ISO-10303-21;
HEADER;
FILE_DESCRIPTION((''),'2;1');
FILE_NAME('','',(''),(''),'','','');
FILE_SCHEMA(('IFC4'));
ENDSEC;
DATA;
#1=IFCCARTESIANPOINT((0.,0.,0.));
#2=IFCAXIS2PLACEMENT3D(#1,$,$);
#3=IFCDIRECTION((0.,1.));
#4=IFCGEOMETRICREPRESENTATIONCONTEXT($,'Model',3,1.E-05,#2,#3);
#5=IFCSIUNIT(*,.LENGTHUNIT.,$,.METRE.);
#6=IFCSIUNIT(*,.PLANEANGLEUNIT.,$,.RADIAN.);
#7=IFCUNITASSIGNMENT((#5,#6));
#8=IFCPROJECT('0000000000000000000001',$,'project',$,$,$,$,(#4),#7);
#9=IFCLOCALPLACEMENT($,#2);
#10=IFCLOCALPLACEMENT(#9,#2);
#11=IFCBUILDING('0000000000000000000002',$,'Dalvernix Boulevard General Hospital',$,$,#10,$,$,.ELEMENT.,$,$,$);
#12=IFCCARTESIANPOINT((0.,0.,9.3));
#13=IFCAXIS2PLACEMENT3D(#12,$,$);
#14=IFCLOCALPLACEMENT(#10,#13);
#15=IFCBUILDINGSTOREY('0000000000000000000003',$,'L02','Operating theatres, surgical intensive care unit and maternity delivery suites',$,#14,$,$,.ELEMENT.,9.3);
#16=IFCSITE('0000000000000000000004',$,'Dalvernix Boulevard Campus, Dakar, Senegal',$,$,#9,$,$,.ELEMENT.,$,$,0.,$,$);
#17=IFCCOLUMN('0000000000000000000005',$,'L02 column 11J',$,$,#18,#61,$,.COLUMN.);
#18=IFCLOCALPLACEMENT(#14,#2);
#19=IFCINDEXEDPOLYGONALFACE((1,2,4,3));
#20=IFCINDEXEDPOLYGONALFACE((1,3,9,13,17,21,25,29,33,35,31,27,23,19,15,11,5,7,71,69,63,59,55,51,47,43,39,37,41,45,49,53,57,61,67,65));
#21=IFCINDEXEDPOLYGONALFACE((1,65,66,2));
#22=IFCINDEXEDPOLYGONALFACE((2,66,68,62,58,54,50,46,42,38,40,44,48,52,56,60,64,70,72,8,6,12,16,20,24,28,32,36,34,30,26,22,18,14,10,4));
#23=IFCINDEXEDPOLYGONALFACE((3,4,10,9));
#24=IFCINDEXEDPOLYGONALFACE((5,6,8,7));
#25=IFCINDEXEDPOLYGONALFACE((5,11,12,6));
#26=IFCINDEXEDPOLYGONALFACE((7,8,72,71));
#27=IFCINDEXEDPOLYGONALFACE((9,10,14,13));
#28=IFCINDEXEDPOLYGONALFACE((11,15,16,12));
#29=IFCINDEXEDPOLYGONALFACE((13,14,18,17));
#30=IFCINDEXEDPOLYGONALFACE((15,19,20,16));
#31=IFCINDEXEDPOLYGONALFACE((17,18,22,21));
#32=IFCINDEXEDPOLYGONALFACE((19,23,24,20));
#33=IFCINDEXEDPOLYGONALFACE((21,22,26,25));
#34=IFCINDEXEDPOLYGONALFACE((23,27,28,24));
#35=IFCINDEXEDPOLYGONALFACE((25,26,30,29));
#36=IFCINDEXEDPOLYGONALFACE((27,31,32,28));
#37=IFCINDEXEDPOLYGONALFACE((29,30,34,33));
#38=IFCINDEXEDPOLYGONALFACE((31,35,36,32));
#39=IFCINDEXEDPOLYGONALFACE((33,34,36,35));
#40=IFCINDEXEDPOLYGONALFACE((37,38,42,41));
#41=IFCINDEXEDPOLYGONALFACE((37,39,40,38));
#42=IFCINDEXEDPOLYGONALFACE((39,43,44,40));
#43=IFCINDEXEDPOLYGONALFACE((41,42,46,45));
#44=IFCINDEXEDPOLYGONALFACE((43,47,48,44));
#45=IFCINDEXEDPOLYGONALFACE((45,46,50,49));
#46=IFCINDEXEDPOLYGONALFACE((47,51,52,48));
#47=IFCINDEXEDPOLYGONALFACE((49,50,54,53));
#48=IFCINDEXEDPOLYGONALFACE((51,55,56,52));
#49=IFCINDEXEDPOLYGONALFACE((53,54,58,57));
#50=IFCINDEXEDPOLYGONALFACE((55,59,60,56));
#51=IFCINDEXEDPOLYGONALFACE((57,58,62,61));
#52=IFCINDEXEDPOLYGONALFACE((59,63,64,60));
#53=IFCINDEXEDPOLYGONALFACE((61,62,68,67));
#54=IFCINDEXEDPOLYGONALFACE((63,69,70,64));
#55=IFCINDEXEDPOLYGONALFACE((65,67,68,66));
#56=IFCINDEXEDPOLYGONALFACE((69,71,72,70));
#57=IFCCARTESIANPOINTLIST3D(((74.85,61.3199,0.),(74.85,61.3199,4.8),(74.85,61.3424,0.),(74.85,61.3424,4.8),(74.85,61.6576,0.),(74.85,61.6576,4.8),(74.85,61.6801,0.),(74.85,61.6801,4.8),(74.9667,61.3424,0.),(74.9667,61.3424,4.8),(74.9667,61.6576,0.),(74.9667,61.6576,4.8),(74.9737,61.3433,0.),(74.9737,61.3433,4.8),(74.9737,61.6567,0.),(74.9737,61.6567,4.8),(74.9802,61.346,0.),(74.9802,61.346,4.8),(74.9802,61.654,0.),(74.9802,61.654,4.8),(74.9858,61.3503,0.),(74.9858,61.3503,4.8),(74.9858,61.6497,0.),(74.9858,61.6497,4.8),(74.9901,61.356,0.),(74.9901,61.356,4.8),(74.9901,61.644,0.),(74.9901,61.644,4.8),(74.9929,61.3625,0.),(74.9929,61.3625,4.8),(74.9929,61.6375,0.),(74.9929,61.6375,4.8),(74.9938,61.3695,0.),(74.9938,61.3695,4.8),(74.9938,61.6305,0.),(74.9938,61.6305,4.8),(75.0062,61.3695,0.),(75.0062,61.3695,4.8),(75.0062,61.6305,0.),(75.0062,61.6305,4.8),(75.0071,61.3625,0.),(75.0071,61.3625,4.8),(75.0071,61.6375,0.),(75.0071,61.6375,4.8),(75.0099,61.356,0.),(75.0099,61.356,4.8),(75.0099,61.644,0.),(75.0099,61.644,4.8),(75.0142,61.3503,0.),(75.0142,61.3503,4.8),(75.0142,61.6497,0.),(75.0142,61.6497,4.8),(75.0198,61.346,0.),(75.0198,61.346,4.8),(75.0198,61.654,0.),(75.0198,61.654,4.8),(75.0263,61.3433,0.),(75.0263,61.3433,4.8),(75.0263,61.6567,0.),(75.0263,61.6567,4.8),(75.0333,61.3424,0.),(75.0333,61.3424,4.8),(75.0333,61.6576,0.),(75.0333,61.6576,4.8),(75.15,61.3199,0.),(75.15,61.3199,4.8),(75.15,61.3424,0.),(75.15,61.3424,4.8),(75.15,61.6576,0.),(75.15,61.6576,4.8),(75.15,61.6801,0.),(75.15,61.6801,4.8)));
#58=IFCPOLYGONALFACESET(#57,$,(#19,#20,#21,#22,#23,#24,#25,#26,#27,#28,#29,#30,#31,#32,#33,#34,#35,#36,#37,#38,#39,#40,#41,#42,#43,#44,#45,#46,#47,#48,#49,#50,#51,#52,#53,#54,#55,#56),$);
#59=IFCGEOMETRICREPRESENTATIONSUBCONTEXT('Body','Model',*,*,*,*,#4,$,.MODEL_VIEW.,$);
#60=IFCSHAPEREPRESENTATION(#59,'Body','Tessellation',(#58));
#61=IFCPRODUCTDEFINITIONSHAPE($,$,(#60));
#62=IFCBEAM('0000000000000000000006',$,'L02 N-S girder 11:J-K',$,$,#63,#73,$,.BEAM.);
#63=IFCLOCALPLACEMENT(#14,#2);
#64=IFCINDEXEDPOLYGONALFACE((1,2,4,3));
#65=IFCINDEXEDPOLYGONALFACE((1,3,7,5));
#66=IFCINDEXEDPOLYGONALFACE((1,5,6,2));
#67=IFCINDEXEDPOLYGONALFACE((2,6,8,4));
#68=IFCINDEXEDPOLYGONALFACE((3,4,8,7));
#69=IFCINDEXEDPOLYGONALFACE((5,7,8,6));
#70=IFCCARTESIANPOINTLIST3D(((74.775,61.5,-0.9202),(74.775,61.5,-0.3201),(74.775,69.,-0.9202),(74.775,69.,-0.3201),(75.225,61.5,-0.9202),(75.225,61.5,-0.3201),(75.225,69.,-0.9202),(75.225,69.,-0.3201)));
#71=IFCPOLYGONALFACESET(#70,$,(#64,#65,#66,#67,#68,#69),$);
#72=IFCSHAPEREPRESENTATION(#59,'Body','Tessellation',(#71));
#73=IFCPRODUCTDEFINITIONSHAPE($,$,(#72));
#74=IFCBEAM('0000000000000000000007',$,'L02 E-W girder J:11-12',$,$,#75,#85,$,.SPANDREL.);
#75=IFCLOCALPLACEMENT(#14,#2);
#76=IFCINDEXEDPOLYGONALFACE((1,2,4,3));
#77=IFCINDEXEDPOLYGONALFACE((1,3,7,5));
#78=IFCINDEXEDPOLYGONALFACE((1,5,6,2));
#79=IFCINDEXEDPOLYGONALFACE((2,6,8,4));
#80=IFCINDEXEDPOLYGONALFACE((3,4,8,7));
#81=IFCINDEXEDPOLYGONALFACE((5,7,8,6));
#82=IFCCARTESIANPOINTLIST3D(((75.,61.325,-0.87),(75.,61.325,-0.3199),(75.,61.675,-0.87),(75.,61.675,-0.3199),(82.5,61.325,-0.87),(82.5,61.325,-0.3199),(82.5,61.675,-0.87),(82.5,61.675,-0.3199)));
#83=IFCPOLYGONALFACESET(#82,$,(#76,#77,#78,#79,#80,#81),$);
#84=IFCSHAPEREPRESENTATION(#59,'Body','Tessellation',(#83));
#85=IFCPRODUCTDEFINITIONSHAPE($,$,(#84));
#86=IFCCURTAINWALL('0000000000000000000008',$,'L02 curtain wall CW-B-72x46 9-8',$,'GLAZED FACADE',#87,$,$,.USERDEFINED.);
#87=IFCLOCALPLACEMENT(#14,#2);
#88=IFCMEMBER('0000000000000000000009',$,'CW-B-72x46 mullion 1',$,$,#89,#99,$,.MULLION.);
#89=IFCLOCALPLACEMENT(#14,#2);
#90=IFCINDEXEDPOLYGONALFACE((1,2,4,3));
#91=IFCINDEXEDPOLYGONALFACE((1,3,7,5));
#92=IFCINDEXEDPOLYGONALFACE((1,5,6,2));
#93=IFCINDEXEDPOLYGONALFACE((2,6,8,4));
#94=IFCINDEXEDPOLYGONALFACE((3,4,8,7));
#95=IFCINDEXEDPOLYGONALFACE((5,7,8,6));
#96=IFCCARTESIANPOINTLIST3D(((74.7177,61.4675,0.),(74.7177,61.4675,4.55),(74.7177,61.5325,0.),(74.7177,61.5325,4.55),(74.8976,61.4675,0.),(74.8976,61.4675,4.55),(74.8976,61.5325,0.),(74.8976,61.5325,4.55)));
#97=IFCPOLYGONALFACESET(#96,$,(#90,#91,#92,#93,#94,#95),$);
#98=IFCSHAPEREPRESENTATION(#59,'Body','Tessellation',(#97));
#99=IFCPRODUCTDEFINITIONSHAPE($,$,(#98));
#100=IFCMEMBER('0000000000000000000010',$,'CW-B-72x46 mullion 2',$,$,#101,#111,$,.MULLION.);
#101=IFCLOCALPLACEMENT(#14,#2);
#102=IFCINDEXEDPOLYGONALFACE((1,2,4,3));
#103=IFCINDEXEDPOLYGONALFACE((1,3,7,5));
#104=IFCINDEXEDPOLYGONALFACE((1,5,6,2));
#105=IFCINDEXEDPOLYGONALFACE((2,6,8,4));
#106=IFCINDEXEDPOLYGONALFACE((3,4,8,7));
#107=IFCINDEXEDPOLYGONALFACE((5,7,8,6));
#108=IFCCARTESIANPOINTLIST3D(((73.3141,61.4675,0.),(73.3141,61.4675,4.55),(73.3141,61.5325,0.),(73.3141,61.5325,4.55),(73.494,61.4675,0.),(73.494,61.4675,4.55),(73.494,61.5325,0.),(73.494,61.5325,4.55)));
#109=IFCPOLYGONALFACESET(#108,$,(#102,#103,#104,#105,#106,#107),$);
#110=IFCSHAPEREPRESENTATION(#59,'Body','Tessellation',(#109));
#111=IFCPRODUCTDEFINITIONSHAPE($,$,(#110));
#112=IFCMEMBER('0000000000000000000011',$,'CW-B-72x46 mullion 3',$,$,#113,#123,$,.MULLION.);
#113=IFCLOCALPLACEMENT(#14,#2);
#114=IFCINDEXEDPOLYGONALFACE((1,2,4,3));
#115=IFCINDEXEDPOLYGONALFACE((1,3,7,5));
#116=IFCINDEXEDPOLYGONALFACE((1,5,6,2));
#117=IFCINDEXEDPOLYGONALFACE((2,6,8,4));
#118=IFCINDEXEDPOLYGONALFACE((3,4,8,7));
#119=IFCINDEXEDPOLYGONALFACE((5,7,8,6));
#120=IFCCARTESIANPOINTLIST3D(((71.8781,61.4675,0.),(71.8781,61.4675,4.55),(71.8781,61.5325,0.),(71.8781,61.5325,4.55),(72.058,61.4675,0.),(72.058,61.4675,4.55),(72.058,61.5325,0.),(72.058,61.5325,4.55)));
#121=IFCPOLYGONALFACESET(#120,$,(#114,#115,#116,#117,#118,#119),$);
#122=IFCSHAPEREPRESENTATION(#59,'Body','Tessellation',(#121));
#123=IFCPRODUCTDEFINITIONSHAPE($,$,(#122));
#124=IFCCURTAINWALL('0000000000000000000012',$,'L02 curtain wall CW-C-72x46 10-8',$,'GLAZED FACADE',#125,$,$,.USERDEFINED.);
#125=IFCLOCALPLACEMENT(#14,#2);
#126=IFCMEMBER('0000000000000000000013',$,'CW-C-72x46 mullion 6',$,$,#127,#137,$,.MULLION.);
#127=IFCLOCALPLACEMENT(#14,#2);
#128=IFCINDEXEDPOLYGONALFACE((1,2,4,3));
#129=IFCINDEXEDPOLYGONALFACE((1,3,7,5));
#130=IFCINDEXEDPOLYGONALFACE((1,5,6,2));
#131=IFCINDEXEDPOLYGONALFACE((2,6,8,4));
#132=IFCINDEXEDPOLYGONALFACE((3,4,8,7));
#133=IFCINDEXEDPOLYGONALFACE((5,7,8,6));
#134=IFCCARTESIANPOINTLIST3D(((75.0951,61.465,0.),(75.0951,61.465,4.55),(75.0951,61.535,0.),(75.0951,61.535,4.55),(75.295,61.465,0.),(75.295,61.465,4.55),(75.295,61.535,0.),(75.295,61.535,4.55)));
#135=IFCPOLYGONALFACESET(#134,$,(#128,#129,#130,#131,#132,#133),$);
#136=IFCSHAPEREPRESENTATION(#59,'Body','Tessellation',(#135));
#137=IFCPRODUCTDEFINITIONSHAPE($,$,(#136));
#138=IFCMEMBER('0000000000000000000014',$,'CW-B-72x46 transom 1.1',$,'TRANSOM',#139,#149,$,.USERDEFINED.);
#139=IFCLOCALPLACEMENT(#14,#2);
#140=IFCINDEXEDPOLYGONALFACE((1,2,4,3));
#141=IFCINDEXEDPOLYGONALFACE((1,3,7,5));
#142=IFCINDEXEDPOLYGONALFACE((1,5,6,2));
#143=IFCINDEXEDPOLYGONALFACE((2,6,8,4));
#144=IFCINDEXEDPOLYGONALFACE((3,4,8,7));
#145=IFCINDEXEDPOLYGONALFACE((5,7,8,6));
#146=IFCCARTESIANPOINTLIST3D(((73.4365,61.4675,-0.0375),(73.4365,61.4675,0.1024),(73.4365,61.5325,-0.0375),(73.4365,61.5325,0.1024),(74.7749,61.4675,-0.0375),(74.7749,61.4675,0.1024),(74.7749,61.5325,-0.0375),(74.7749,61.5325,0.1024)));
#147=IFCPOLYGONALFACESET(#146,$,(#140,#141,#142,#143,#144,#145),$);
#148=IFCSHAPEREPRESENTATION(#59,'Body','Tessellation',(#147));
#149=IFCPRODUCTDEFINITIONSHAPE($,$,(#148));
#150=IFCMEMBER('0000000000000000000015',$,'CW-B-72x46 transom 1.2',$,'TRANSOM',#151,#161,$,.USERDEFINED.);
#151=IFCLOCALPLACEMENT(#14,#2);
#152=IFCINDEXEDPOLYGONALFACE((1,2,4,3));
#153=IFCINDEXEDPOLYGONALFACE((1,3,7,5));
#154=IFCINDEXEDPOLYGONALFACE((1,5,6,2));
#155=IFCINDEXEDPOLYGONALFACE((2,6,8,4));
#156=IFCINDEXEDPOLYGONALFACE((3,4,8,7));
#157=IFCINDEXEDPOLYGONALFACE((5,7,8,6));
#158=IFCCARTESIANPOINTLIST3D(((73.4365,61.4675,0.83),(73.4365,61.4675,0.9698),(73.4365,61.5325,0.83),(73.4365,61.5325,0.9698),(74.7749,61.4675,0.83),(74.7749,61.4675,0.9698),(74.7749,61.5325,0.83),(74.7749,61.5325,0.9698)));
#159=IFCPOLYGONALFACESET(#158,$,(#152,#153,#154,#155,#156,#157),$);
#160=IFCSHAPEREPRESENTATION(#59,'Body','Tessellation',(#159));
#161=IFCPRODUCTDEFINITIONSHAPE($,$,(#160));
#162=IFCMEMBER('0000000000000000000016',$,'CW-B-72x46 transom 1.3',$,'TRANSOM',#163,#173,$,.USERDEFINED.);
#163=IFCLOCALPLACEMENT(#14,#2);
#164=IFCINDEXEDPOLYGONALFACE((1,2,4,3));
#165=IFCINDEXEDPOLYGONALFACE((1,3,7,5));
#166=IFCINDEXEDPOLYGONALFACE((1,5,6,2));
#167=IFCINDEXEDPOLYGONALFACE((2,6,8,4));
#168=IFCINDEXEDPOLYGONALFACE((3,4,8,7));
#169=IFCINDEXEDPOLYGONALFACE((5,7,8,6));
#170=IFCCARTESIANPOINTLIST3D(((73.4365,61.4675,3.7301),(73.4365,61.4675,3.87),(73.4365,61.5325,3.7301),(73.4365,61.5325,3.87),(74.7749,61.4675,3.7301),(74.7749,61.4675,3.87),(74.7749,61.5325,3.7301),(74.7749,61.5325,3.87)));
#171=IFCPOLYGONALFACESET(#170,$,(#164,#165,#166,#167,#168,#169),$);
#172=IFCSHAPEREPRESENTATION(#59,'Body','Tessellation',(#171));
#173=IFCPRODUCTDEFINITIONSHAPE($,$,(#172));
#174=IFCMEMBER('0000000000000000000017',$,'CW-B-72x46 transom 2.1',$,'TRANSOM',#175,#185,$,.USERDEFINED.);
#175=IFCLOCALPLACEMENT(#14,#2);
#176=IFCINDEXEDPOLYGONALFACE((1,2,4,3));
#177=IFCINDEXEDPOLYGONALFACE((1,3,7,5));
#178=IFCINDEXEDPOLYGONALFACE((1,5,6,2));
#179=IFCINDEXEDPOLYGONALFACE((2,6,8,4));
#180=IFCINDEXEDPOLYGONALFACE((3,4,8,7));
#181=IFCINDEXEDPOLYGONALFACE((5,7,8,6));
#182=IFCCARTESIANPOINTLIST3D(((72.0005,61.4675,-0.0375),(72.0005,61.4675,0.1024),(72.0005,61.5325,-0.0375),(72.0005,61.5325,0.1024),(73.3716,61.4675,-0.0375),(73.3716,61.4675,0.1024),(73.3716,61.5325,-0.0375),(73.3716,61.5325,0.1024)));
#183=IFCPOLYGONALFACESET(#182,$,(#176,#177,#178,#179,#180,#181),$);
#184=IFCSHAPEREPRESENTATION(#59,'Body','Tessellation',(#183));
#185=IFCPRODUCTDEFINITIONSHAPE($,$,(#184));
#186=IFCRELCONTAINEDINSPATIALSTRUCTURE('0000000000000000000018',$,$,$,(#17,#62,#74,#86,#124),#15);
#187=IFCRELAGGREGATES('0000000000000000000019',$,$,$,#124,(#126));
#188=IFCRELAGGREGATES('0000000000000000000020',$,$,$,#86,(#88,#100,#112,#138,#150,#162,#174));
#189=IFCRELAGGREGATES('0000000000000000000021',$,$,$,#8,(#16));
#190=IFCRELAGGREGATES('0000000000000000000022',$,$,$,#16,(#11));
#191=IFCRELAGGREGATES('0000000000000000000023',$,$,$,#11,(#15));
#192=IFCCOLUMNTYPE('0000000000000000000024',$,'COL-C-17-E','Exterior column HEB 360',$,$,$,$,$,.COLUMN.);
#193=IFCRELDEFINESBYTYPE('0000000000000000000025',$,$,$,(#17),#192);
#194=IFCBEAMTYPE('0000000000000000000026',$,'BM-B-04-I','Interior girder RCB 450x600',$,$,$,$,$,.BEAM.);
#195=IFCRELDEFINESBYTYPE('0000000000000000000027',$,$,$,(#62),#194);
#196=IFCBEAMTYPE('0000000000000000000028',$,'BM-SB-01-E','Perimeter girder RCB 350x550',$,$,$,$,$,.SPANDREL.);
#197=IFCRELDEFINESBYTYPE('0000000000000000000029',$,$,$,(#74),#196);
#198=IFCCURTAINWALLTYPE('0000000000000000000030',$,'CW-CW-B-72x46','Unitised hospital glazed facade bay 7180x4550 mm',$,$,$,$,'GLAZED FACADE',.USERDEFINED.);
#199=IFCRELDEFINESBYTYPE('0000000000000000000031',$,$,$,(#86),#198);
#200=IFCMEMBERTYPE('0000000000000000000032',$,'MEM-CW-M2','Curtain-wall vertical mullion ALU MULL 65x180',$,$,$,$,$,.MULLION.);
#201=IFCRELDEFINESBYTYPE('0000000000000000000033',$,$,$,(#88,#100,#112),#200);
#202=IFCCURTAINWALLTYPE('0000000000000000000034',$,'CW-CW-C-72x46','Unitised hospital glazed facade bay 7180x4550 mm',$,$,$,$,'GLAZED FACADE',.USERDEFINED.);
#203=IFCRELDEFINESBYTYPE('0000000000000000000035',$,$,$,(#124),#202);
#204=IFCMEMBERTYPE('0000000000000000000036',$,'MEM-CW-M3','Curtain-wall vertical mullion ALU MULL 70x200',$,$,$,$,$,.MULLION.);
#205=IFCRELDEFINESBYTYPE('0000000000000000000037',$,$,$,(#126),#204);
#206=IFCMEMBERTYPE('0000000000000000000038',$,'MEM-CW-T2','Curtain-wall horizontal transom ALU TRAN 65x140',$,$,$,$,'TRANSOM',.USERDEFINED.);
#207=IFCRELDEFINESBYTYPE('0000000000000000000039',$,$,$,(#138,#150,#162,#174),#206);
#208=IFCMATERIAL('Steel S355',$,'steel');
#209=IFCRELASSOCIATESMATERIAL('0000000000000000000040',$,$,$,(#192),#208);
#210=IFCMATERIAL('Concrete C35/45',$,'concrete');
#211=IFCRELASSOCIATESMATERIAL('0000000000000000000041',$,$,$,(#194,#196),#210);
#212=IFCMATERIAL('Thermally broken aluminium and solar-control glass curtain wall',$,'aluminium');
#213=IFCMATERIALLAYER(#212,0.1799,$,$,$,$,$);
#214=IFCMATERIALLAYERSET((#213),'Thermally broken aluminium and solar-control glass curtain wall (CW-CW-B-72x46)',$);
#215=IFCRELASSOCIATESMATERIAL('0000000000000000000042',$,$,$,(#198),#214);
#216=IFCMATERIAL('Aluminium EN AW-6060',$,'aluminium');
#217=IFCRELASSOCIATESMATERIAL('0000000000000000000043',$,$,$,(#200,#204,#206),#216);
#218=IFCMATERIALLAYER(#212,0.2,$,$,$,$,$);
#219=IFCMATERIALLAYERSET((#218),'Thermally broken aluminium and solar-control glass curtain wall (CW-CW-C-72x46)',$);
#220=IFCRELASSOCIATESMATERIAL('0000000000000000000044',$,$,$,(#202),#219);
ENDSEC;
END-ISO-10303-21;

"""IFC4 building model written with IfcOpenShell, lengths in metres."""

from ifc_helpers import new_model, si_unit, direction, frame, origin, origin_2d, place, context, subcontext, project, spatial, rectangle, i_section, extrude, material, layer, layer_set, material_profile, profile_set, type_object, element, aggregate, save


model = new_model("IFC4")

# Units and contexts
model_context = context("Model", 3, precision=1e-05, world=origin(), true_north=direction((0.0, 1.0)))
body_context = subcontext(model_context, "Body", "Model", "MODEL_VIEW")
ifc_project = project(units=[si_unit("LENGTHUNIT", "METRE"), si_unit("PLANEANGLEUNIT", "RADIAN")], contexts=[model_context])

# Site, building, storey
site_placement = place(None, origin())
site = spatial("IfcSite", under=ifc_project, at=site_placement, Name="Dalvernix Boulevard Campus, Dakar, Senegal", CompositionType="ELEMENT", RefElevation=0.0)
building_placement = place(site_placement, origin())
building = spatial("IfcBuilding", under=site, at=building_placement, Name="Dalvernix Boulevard General Hospital", CompositionType="ELEMENT")
storey_placement = place(building_placement, frame((0.0, 0.0, 9.3)))
storey = spatial("IfcBuildingStorey", under=building, at=storey_placement, Name="L02", Description="Operating theatres, surgical intensive care unit and maternity delivery suites", CompositionType="ELEMENT", Elevation=9.3)

# Column
ifc_material_1 = material(Name="Steel S355", Category="steel")
ifc_material_profile_1 = material_profile(ifc_material_1, i_section(OverallWidth=0.3, OverallDepth=0.3601, WebThickness=0.0125, FlangeThickness=0.0225, FilletRadius=0.0271, at=origin_2d()), Name="HEB 360")
ifc_profile_set_1 = profile_set([ifc_material_profile_1], Name="Steel S355")
column_type = type_object("IfcColumnType", Name="COL-C-17-E", Description="Exterior column HEB 360", PredefinedType="COLUMN", material=ifc_profile_set_1)
column_placement = place(storey_placement, frame((75.0, 61.5, 0.0), z_axis=(0.0, 0.0, 1.0), x_axis=(1.0, 0.0, 0.0)))
element("IfcColumn", 1, at=column_placement, inside=storey, type_object=column_type, Name="L02 column 11J", PredefinedType="COLUMN", context=body_context, shape_type="SweptSolid", body=[
    extrude(i_section(OverallWidth=0.3, OverallDepth=0.3601, WebThickness=0.0125, FlangeThickness=0.0225, FilletRadius=0.0271, at=origin_2d()), origin(), (0.0, 0.0, 1.0), 4.8),
])

# Beams
ifc_material_2 = material(Name="Concrete C35/45", Category="concrete")
ifc_material_profile_2 = material_profile(ifc_material_2, rectangle(XDim=0.45, YDim=0.6001, at=origin_2d()), Name="RCB 450x600")
ifc_profile_set_2 = profile_set([ifc_material_profile_2], Name="Concrete C35/45")
beam_type_1 = type_object("IfcBeamType", Name="BM-B-04-I", Description="Interior girder RCB 450x600", PredefinedType="BEAM", material=ifc_profile_set_2)
beam_1_placement = place(storey_placement, frame((75.0, 61.5, -0.6201), z_axis=(0.0, 1.0, 0.0), x_axis=(-1.0, 0.0, 0.0)))
element("IfcBeam", 2, at=beam_1_placement, inside=storey, type_object=beam_type_1, Name="L02 N-S girder 11:J-K", PredefinedType="BEAM", context=body_context, shape_type="SweptSolid", body=[
    extrude(rectangle(XDim=0.45, YDim=0.6001, at=origin_2d()), origin(), (0.0, 0.0, 1.0), 7.5),
])
ifc_material_profile_3 = material_profile(ifc_material_2, rectangle(XDim=0.3501, YDim=0.55, at=origin_2d()), Name="RCB 350x550")
ifc_profile_set_3 = profile_set([ifc_material_profile_3], Name="Concrete C35/45")
beam_type_2 = type_object("IfcBeamType", Name="BM-SB-01-E", Description="Perimeter girder RCB 350x550", PredefinedType="SPANDREL", material=ifc_profile_set_3)
beam_2_placement = place(storey_placement, frame((75.0, 61.5, -0.595), z_axis=(1.0, 0.0, 0.0), x_axis=(0.0, 1.0, 0.0)))
element("IfcBeam", 3, at=beam_2_placement, inside=storey, type_object=beam_type_2, Name="L02 E-W girder J:11-12", PredefinedType="SPANDREL", context=body_context, shape_type="SweptSolid", body=[
    extrude(rectangle(XDim=0.3501, YDim=0.55, at=origin_2d()), origin(), (0.0, 0.0, 1.0), 7.5),
])

# Curtain wall, members
ifc_material_3 = material(Name="Thermally broken aluminium and solar-control glass curtain wall", Category="aluminium")
ifc_layer_1 = layer(ifc_material_3, 0.1799)
ifc_layer_set_1 = layer_set([ifc_layer_1], Name="Thermally broken aluminium and solar-control glass curtain wall (CW-CW-B-72x46)")
curtain_wall_type_1 = type_object("IfcCurtainWallType", Name="CW-CW-B-72x46", Description="Unitised hospital glazed facade bay 7180x4550 mm", ElementType="GLAZED FACADE", PredefinedType="USERDEFINED", material=ifc_layer_set_1)
curtain_wall_1_placement = place(storey_placement, origin())
curtain_wall_1 = element("IfcCurtainWall", 4, at=curtain_wall_1_placement, inside=storey, type_object=curtain_wall_type_1, Name="L02 curtain wall CW-B-72x46 9-8", ObjectType="GLAZED FACADE", PredefinedType="USERDEFINED")
ifc_material_4 = material(Name="Aluminium EN AW-6060", Category="aluminium")
ifc_material_profile_4 = material_profile(ifc_material_4, rectangle(XDim=0.0649, YDim=0.1799, at=origin_2d()), Name="ALU MULL 65x180")
ifc_profile_set_4 = profile_set([ifc_material_profile_4], Name="Aluminium EN AW-6060")
member_type_1 = type_object("IfcMemberType", Name="MEM-CW-M2", Description="Curtain-wall vertical mullion ALU MULL 65x180", PredefinedType="MULLION", material=ifc_profile_set_4)
member_1_placement = place(storey_placement, frame((74.8076, 61.5, 0.0), z_axis=(0.0, 0.0, 1.0), x_axis=(0.0, -1.0, 0.0)))
member_1 = element("IfcMember", 5, at=member_1_placement, type_object=member_type_1, Name="CW-B-72x46 mullion 1", PredefinedType="MULLION", context=body_context, shape_type="SweptSolid", body=[
    extrude(rectangle(XDim=0.0649, YDim=0.1799, at=origin_2d()), origin(), (0.0, 0.0, 1.0), 4.55),
])
member_2_placement = place(storey_placement, frame((73.4041, 61.5, 0.0), z_axis=(0.0, 0.0, 1.0), x_axis=(0.0, -1.0, 0.0)))
member_2 = element("IfcMember", 6, at=member_2_placement, type_object=member_type_1, Name="CW-B-72x46 mullion 2", PredefinedType="MULLION", context=body_context, shape_type="SweptSolid", body=[
    extrude(rectangle(XDim=0.0649, YDim=0.1799, at=origin_2d()), origin(), (0.0, 0.0, 1.0), 4.55),
])
member_3_placement = place(storey_placement, frame((71.968, 61.5, 0.0), z_axis=(0.0, 0.0, 1.0), x_axis=(0.0, -1.0, 0.0)))
member_3 = element("IfcMember", 7, at=member_3_placement, type_object=member_type_1, Name="CW-B-72x46 mullion 3", PredefinedType="MULLION", context=body_context, shape_type="SweptSolid", body=[
    extrude(rectangle(XDim=0.0649, YDim=0.1799, at=origin_2d()), origin(), (0.0, 0.0, 1.0), 4.55),
])

# Curtain wall, member
ifc_layer_2 = layer(ifc_material_3, 0.2)
ifc_layer_set_2 = layer_set([ifc_layer_2], Name="Thermally broken aluminium and solar-control glass curtain wall (CW-CW-C-72x46)")
curtain_wall_type_2 = type_object("IfcCurtainWallType", Name="CW-CW-C-72x46", Description="Unitised hospital glazed facade bay 7180x4550 mm", ElementType="GLAZED FACADE", PredefinedType="USERDEFINED", material=ifc_layer_set_2)
curtain_wall_2_placement = place(storey_placement, origin())
curtain_wall_2 = element("IfcCurtainWall", 8, at=curtain_wall_2_placement, inside=storey, type_object=curtain_wall_type_2, Name="L02 curtain wall CW-C-72x46 10-8", ObjectType="GLAZED FACADE", PredefinedType="USERDEFINED")
ifc_material_profile_5 = material_profile(ifc_material_4, rectangle(XDim=0.0701, YDim=0.2, at=origin_2d()), Name="ALU MULL 70x200")
ifc_profile_set_5 = profile_set([ifc_material_profile_5], Name="Aluminium EN AW-6060")
member_type_2 = type_object("IfcMemberType", Name="MEM-CW-M3", Description="Curtain-wall vertical mullion ALU MULL 70x200", PredefinedType="MULLION", material=ifc_profile_set_5)
member_4_placement = place(storey_placement, frame((75.1951, 61.5, 0.0), z_axis=(0.0, 0.0, 1.0), x_axis=(0.0, -1.0, 0.0)))
member_4 = element("IfcMember", 9, at=member_4_placement, type_object=member_type_2, Name="CW-C-72x46 mullion 6", PredefinedType="MULLION", context=body_context, shape_type="SweptSolid", body=[
    extrude(rectangle(XDim=0.0701, YDim=0.2, at=origin_2d()), origin(), (0.0, 0.0, 1.0), 4.55),
])
aggregate(curtain_wall_2, [member_4])

# Members
ifc_material_profile_6 = material_profile(ifc_material_4, rectangle(XDim=0.0649, YDim=0.1399, at=origin_2d()), Name="ALU TRAN 65x140")
ifc_profile_set_6 = profile_set([ifc_material_profile_6], Name="Aluminium EN AW-6060")
member_type_3 = type_object("IfcMemberType", Name="MEM-CW-T2", Description="Curtain-wall horizontal transom ALU TRAN 65x140", ElementType="TRANSOM", PredefinedType="USERDEFINED", material=ifc_profile_set_6)
member_5_placement = place(storey_placement, frame((74.7749, 61.5, 0.0325), z_axis=(-1.0, 0.0, 0.0), x_axis=(0.0, -1.0, 0.0)))
member_5 = element("IfcMember", 10, at=member_5_placement, type_object=member_type_3, Name="CW-B-72x46 transom 1.1", ObjectType="TRANSOM", PredefinedType="USERDEFINED", context=body_context, shape_type="SweptSolid", body=[
    extrude(rectangle(XDim=0.0649, YDim=0.1399, at=origin_2d()), origin(), (0.0, 0.0, 1.0), 1.3384),
])
member_6_placement = place(storey_placement, frame((74.7749, 61.5, 0.8999), z_axis=(-1.0, 0.0, 0.0), x_axis=(0.0, -1.0, 0.0)))
member_6 = element("IfcMember", 11, at=member_6_placement, type_object=member_type_3, Name="CW-B-72x46 transom 1.2", ObjectType="TRANSOM", PredefinedType="USERDEFINED", context=body_context, shape_type="SweptSolid", body=[
    extrude(rectangle(XDim=0.0649, YDim=0.1399, at=origin_2d()), origin(), (0.0, 0.0, 1.0), 1.3384),
])
member_7_placement = place(storey_placement, frame((74.7749, 61.5, 3.8), z_axis=(-1.0, 0.0, 0.0), x_axis=(0.0, -1.0, 0.0)))
member_7 = element("IfcMember", 12, at=member_7_placement, type_object=member_type_3, Name="CW-B-72x46 transom 1.3", ObjectType="TRANSOM", PredefinedType="USERDEFINED", context=body_context, shape_type="SweptSolid", body=[
    extrude(rectangle(XDim=0.0649, YDim=0.1399, at=origin_2d()), origin(), (0.0, 0.0, 1.0), 1.3384),
])
member_8_placement = place(storey_placement, frame((73.3716, 61.5, 0.0325), z_axis=(-1.0, 0.0, 0.0), x_axis=(0.0, -1.0, 0.0)))
member_8 = element("IfcMember", 13, at=member_8_placement, type_object=member_type_3, Name="CW-B-72x46 transom 2.1", ObjectType="TRANSOM", PredefinedType="USERDEFINED", context=body_context, shape_type="SweptSolid", body=[
    extrude(rectangle(XDim=0.0649, YDim=0.1399, at=origin_2d()), origin(), (0.0, 0.0, 1.0), 1.3711),
])

aggregate(curtain_wall_1, [member_1, member_2, member_3, member_5, member_6, member_7, member_8])

save(model, "model.ifc")
